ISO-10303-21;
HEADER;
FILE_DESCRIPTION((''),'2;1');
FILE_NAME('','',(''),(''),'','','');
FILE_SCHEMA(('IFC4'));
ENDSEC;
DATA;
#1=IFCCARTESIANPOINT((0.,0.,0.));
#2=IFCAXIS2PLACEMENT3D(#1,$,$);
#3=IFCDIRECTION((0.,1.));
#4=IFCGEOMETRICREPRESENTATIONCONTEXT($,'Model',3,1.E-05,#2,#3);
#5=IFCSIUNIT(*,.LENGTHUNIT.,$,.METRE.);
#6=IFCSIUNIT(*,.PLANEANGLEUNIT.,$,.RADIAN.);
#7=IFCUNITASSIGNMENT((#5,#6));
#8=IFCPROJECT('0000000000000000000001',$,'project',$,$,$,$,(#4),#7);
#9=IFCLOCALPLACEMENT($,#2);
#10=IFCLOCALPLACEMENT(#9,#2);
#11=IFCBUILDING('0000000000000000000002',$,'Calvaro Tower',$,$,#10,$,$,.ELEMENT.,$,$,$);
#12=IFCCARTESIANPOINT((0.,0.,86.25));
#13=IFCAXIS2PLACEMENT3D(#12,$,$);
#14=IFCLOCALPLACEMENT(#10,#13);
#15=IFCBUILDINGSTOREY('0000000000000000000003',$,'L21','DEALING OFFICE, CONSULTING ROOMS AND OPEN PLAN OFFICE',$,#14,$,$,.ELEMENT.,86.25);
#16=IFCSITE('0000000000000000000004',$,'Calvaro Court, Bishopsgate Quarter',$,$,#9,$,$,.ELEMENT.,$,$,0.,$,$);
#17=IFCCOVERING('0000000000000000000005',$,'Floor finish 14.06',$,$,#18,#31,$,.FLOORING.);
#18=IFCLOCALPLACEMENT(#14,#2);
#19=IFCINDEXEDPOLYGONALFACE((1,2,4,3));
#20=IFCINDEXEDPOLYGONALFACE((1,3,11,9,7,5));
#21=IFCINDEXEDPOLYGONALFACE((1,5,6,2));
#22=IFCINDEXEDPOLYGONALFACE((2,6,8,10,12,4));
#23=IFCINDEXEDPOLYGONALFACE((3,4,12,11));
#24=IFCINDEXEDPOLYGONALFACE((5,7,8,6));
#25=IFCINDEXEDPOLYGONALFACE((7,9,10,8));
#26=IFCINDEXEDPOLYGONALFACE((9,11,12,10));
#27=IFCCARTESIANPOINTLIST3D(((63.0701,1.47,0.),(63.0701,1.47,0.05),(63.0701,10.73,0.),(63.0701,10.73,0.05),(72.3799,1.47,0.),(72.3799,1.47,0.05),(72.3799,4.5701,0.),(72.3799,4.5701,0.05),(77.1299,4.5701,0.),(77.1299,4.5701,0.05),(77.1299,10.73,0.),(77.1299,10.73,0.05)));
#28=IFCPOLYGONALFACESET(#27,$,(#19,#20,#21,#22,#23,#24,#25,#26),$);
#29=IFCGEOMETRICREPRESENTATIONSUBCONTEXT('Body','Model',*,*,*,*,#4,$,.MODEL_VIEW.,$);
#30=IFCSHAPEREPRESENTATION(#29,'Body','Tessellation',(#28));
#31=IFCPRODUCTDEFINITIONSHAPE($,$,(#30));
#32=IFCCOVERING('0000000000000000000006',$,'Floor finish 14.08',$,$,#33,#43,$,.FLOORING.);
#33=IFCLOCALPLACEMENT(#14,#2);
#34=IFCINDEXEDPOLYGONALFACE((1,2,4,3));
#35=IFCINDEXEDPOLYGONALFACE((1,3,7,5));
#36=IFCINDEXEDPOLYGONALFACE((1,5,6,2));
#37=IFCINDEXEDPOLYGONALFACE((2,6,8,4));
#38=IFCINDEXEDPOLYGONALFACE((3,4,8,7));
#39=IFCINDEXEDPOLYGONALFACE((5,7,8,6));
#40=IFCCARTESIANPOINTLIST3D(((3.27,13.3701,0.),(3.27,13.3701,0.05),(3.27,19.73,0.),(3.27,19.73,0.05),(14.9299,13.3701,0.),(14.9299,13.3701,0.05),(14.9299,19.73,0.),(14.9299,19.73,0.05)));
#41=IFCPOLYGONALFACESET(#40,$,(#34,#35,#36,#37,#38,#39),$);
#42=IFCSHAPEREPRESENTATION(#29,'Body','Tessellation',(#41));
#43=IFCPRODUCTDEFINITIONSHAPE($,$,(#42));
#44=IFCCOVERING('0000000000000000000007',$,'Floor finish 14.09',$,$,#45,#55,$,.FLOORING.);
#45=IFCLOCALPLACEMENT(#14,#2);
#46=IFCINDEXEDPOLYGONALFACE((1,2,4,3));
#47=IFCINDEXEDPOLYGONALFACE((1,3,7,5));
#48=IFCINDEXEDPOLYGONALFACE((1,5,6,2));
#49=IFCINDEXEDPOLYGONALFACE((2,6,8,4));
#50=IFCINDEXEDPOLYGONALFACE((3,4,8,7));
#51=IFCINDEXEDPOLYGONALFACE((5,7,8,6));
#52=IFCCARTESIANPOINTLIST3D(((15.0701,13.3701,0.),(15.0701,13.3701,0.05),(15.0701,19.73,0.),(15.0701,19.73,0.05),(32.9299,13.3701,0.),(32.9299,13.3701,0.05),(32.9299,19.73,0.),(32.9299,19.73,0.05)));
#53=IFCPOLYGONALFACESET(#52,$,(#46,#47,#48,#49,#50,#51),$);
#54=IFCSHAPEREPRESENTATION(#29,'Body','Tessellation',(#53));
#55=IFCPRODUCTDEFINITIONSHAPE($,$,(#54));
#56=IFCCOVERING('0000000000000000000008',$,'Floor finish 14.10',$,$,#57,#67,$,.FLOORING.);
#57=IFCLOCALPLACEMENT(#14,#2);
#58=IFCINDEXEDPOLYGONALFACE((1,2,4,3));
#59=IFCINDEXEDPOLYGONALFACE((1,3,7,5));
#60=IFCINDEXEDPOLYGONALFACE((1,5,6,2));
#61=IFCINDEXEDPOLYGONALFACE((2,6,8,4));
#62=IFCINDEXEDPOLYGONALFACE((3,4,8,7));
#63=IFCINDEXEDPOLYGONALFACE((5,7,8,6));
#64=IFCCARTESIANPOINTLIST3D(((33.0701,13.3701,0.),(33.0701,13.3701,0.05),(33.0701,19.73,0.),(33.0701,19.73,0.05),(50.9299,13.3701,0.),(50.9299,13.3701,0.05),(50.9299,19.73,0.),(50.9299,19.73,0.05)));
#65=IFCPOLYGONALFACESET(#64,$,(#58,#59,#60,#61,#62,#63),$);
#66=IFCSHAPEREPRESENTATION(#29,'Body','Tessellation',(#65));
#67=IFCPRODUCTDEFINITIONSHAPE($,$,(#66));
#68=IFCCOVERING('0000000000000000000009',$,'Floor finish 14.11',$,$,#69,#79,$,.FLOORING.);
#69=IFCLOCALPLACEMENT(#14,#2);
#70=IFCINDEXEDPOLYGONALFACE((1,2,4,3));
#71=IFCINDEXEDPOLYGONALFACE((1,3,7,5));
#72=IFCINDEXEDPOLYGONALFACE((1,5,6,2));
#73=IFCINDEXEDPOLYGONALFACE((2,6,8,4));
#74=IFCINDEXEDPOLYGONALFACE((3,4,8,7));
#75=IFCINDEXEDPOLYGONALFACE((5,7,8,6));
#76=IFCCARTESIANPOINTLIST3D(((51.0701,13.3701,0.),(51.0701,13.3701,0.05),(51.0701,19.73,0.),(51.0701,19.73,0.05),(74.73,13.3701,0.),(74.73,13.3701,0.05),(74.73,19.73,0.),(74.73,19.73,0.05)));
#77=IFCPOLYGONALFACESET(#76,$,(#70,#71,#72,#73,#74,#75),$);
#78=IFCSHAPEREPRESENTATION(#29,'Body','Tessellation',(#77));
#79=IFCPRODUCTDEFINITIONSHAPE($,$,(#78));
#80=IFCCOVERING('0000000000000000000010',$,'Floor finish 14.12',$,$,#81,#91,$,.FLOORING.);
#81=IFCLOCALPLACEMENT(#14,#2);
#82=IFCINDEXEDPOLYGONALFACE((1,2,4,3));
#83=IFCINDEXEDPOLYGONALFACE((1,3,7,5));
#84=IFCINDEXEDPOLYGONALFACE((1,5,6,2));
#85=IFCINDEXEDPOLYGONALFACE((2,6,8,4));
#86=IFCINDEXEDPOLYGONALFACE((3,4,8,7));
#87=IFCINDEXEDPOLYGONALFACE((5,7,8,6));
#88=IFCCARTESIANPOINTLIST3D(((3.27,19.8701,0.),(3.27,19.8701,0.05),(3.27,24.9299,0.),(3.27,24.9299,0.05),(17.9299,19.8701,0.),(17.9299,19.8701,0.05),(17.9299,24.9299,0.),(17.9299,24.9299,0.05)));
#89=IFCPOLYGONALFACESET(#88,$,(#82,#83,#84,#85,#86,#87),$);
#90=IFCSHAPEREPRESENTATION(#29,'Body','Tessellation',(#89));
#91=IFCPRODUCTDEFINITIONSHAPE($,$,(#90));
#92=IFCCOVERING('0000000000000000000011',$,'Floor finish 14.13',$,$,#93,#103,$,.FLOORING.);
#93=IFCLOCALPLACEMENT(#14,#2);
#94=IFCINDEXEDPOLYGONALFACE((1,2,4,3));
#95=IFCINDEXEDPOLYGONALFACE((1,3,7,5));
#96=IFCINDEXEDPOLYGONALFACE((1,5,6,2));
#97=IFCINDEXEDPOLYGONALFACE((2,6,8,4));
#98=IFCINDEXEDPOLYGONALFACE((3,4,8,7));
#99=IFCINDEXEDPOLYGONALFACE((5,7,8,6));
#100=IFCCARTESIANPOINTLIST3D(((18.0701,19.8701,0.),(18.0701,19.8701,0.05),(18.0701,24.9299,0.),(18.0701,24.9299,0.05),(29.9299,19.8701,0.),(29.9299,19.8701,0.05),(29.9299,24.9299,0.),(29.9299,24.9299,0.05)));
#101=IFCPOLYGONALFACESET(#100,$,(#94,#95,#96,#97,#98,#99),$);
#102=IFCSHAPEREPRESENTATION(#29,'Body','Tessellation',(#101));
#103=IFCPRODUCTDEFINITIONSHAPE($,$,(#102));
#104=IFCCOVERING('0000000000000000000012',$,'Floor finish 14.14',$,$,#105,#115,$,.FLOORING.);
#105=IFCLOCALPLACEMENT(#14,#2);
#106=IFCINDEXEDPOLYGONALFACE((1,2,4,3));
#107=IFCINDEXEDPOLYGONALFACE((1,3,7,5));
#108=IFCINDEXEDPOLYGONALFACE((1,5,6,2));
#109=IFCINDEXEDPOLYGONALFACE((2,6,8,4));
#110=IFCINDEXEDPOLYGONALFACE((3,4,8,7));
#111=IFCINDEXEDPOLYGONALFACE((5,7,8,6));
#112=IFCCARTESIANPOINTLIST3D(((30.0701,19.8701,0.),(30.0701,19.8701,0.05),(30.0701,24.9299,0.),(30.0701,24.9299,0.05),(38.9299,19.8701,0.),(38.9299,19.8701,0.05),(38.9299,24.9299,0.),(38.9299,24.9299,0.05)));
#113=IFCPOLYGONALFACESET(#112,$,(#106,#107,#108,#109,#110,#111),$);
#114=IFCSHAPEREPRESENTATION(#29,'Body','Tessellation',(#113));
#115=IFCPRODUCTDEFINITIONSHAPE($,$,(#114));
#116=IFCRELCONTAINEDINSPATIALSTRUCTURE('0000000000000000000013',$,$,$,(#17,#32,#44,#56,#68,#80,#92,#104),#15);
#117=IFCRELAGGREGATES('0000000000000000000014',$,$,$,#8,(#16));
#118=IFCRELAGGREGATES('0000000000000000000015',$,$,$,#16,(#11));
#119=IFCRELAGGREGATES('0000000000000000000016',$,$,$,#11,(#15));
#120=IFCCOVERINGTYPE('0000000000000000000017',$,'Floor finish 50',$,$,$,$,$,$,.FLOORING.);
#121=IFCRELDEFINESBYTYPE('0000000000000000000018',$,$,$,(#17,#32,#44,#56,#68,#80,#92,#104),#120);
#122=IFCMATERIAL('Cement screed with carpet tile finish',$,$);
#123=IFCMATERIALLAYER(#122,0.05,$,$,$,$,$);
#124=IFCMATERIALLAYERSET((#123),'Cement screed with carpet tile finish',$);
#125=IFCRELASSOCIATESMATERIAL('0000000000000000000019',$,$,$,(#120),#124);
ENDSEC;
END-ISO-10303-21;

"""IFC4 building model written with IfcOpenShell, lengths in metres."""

from ifc_helpers import new_model, si_unit, direction, frame, origin, place, context, subcontext, project, spatial, polyline, outline, extrude, material, layer, layer_set, type_object, element, save


model = new_model("IFC4")

# Units and contexts
model_context = context("Model", 3, precision=1e-05, world=origin(), true_north=direction((0.0, 1.0)))
body_context = subcontext(model_context, "Body", "Model", "MODEL_VIEW")
ifc_project = project(units=[si_unit("LENGTHUNIT", "METRE"), si_unit("PLANEANGLEUNIT", "RADIAN")], contexts=[model_context])

# Site, building, storey
site_placement = place(None, origin())
site = spatial("IfcSite", under=ifc_project, at=site_placement, Name="Calvaro Court, Bishopsgate Quarter", CompositionType="ELEMENT", RefElevation=0.0)
building_placement = place(site_placement, origin())
building = spatial("IfcBuilding", under=site, at=building_placement, Name="Calvaro Tower", CompositionType="ELEMENT")
storey_placement = place(building_placement, frame((0.0, 0.0, 86.25)))
storey = spatial("IfcBuildingStorey", under=building, at=storey_placement, Name="L21", Description="DEALING OFFICE, CONSULTING ROOMS AND OPEN PLAN OFFICE", CompositionType="ELEMENT", Elevation=86.25)

# Coverings
ifc_material_1 = material(Name="Cement screed with carpet tile finish")
ifc_layer_1 = layer(ifc_material_1, 0.05)
ifc_layer_set_1 = layer_set([ifc_layer_1], Name="Cement screed with carpet tile finish")
covering_type = type_object("IfcCoveringType", Name="Floor finish 50", PredefinedType="FLOORING", material=ifc_layer_set_1)
covering_1_placement = place(storey_placement, origin())
element("IfcCovering", 1, at=covering_1_placement, inside=storey, type_object=covering_type, Name="Floor finish 14.06", PredefinedType="FLOORING", context=body_context, shape_type="SweptSolid", body=[
    extrude(outline(polyline([(77.1299, 4.5701), (72.3799, 4.5701), (72.3799, 1.47), (63.0701, 1.47), (63.0701, 10.73), (77.1299, 10.73), (77.1299, 4.5701)])), origin(), (0.0, 0.0, 1.0), 0.05),
])
covering_2_placement = place(storey_placement, origin())
element("IfcCovering", 2, at=covering_2_placement, inside=storey, type_object=covering_type, Name="Floor finish 14.08", PredefinedType="FLOORING", context=body_context, shape_type="SweptSolid", body=[
    extrude(outline(polyline([(3.27, 13.3701), (3.27, 19.73), (14.9299, 19.73), (14.9299, 13.3701), (3.27, 13.3701)])), origin(), (0.0, 0.0, 1.0), 0.05),
])
covering_3_placement = place(storey_placement, origin())
element("IfcCovering", 3, at=covering_3_placement, inside=storey, type_object=covering_type, Name="Floor finish 14.09", PredefinedType="FLOORING", context=body_context, shape_type="SweptSolid", body=[
    extrude(outline(polyline([(15.0701, 13.3701), (15.0701, 19.73), (32.9299, 19.73), (32.9299, 13.3701), (15.0701, 13.3701)])), origin(), (0.0, 0.0, 1.0), 0.05),
])
covering_4_placement = place(storey_placement, origin())
element("IfcCovering", 4, at=covering_4_placement, inside=storey, type_object=covering_type, Name="Floor finish 14.10", PredefinedType="FLOORING", context=body_context, shape_type="SweptSolid", body=[
    extrude(outline(polyline([(33.0701, 13.3701), (33.0701, 19.73), (50.9299, 19.73), (50.9299, 13.3701), (33.0701, 13.3701)])), origin(), (0.0, 0.0, 1.0), 0.05),
])
covering_5_placement = place(storey_placement, origin())
element("IfcCovering", 5, at=covering_5_placement, inside=storey, type_object=covering_type, Name="Floor finish 14.11", PredefinedType="FLOORING", context=body_context, shape_type="SweptSolid", body=[
    extrude(outline(polyline([(51.0701, 13.3701), (51.0701, 19.73), (74.73, 19.73), (74.73, 13.3701), (51.0701, 13.3701)])), origin(), (0.0, 0.0, 1.0), 0.05),
])
covering_6_placement = place(storey_placement, origin())
element("IfcCovering", 6, at=covering_6_placement, inside=storey, type_object=covering_type, Name="Floor finish 14.12", PredefinedType="FLOORING", context=body_context, shape_type="SweptSolid", body=[
    extrude(outline(polyline([(3.27, 19.8701), (3.27, 24.9299), (17.9299, 24.9299), (17.9299, 19.8701), (3.27, 19.8701)])), origin(), (0.0, 0.0, 1.0), 0.05),
])
covering_7_placement = place(storey_placement, origin())
element("IfcCovering", 7, at=covering_7_placement, inside=storey, type_object=covering_type, Name="Floor finish 14.13", PredefinedType="FLOORING", context=body_context, shape_type="SweptSolid", body=[
    extrude(outline(polyline([(18.0701, 19.8701), (18.0701, 24.9299), (29.9299, 24.9299), (29.9299, 19.8701), (18.0701, 19.8701)])), origin(), (0.0, 0.0, 1.0), 0.05),
])
covering_8_placement = place(storey_placement, origin())
element("IfcCovering", 8, at=covering_8_placement, inside=storey, type_object=covering_type, Name="Floor finish 14.14", PredefinedType="FLOORING", context=body_context, shape_type="SweptSolid", body=[
    extrude(outline(polyline([(30.0701, 19.8701), (30.0701, 24.9299), (38.9299, 24.9299), (38.9299, 19.8701), (30.0701, 19.8701)])), origin(), (0.0, 0.0, 1.0), 0.05),
])

save(model, "model.ifc")
